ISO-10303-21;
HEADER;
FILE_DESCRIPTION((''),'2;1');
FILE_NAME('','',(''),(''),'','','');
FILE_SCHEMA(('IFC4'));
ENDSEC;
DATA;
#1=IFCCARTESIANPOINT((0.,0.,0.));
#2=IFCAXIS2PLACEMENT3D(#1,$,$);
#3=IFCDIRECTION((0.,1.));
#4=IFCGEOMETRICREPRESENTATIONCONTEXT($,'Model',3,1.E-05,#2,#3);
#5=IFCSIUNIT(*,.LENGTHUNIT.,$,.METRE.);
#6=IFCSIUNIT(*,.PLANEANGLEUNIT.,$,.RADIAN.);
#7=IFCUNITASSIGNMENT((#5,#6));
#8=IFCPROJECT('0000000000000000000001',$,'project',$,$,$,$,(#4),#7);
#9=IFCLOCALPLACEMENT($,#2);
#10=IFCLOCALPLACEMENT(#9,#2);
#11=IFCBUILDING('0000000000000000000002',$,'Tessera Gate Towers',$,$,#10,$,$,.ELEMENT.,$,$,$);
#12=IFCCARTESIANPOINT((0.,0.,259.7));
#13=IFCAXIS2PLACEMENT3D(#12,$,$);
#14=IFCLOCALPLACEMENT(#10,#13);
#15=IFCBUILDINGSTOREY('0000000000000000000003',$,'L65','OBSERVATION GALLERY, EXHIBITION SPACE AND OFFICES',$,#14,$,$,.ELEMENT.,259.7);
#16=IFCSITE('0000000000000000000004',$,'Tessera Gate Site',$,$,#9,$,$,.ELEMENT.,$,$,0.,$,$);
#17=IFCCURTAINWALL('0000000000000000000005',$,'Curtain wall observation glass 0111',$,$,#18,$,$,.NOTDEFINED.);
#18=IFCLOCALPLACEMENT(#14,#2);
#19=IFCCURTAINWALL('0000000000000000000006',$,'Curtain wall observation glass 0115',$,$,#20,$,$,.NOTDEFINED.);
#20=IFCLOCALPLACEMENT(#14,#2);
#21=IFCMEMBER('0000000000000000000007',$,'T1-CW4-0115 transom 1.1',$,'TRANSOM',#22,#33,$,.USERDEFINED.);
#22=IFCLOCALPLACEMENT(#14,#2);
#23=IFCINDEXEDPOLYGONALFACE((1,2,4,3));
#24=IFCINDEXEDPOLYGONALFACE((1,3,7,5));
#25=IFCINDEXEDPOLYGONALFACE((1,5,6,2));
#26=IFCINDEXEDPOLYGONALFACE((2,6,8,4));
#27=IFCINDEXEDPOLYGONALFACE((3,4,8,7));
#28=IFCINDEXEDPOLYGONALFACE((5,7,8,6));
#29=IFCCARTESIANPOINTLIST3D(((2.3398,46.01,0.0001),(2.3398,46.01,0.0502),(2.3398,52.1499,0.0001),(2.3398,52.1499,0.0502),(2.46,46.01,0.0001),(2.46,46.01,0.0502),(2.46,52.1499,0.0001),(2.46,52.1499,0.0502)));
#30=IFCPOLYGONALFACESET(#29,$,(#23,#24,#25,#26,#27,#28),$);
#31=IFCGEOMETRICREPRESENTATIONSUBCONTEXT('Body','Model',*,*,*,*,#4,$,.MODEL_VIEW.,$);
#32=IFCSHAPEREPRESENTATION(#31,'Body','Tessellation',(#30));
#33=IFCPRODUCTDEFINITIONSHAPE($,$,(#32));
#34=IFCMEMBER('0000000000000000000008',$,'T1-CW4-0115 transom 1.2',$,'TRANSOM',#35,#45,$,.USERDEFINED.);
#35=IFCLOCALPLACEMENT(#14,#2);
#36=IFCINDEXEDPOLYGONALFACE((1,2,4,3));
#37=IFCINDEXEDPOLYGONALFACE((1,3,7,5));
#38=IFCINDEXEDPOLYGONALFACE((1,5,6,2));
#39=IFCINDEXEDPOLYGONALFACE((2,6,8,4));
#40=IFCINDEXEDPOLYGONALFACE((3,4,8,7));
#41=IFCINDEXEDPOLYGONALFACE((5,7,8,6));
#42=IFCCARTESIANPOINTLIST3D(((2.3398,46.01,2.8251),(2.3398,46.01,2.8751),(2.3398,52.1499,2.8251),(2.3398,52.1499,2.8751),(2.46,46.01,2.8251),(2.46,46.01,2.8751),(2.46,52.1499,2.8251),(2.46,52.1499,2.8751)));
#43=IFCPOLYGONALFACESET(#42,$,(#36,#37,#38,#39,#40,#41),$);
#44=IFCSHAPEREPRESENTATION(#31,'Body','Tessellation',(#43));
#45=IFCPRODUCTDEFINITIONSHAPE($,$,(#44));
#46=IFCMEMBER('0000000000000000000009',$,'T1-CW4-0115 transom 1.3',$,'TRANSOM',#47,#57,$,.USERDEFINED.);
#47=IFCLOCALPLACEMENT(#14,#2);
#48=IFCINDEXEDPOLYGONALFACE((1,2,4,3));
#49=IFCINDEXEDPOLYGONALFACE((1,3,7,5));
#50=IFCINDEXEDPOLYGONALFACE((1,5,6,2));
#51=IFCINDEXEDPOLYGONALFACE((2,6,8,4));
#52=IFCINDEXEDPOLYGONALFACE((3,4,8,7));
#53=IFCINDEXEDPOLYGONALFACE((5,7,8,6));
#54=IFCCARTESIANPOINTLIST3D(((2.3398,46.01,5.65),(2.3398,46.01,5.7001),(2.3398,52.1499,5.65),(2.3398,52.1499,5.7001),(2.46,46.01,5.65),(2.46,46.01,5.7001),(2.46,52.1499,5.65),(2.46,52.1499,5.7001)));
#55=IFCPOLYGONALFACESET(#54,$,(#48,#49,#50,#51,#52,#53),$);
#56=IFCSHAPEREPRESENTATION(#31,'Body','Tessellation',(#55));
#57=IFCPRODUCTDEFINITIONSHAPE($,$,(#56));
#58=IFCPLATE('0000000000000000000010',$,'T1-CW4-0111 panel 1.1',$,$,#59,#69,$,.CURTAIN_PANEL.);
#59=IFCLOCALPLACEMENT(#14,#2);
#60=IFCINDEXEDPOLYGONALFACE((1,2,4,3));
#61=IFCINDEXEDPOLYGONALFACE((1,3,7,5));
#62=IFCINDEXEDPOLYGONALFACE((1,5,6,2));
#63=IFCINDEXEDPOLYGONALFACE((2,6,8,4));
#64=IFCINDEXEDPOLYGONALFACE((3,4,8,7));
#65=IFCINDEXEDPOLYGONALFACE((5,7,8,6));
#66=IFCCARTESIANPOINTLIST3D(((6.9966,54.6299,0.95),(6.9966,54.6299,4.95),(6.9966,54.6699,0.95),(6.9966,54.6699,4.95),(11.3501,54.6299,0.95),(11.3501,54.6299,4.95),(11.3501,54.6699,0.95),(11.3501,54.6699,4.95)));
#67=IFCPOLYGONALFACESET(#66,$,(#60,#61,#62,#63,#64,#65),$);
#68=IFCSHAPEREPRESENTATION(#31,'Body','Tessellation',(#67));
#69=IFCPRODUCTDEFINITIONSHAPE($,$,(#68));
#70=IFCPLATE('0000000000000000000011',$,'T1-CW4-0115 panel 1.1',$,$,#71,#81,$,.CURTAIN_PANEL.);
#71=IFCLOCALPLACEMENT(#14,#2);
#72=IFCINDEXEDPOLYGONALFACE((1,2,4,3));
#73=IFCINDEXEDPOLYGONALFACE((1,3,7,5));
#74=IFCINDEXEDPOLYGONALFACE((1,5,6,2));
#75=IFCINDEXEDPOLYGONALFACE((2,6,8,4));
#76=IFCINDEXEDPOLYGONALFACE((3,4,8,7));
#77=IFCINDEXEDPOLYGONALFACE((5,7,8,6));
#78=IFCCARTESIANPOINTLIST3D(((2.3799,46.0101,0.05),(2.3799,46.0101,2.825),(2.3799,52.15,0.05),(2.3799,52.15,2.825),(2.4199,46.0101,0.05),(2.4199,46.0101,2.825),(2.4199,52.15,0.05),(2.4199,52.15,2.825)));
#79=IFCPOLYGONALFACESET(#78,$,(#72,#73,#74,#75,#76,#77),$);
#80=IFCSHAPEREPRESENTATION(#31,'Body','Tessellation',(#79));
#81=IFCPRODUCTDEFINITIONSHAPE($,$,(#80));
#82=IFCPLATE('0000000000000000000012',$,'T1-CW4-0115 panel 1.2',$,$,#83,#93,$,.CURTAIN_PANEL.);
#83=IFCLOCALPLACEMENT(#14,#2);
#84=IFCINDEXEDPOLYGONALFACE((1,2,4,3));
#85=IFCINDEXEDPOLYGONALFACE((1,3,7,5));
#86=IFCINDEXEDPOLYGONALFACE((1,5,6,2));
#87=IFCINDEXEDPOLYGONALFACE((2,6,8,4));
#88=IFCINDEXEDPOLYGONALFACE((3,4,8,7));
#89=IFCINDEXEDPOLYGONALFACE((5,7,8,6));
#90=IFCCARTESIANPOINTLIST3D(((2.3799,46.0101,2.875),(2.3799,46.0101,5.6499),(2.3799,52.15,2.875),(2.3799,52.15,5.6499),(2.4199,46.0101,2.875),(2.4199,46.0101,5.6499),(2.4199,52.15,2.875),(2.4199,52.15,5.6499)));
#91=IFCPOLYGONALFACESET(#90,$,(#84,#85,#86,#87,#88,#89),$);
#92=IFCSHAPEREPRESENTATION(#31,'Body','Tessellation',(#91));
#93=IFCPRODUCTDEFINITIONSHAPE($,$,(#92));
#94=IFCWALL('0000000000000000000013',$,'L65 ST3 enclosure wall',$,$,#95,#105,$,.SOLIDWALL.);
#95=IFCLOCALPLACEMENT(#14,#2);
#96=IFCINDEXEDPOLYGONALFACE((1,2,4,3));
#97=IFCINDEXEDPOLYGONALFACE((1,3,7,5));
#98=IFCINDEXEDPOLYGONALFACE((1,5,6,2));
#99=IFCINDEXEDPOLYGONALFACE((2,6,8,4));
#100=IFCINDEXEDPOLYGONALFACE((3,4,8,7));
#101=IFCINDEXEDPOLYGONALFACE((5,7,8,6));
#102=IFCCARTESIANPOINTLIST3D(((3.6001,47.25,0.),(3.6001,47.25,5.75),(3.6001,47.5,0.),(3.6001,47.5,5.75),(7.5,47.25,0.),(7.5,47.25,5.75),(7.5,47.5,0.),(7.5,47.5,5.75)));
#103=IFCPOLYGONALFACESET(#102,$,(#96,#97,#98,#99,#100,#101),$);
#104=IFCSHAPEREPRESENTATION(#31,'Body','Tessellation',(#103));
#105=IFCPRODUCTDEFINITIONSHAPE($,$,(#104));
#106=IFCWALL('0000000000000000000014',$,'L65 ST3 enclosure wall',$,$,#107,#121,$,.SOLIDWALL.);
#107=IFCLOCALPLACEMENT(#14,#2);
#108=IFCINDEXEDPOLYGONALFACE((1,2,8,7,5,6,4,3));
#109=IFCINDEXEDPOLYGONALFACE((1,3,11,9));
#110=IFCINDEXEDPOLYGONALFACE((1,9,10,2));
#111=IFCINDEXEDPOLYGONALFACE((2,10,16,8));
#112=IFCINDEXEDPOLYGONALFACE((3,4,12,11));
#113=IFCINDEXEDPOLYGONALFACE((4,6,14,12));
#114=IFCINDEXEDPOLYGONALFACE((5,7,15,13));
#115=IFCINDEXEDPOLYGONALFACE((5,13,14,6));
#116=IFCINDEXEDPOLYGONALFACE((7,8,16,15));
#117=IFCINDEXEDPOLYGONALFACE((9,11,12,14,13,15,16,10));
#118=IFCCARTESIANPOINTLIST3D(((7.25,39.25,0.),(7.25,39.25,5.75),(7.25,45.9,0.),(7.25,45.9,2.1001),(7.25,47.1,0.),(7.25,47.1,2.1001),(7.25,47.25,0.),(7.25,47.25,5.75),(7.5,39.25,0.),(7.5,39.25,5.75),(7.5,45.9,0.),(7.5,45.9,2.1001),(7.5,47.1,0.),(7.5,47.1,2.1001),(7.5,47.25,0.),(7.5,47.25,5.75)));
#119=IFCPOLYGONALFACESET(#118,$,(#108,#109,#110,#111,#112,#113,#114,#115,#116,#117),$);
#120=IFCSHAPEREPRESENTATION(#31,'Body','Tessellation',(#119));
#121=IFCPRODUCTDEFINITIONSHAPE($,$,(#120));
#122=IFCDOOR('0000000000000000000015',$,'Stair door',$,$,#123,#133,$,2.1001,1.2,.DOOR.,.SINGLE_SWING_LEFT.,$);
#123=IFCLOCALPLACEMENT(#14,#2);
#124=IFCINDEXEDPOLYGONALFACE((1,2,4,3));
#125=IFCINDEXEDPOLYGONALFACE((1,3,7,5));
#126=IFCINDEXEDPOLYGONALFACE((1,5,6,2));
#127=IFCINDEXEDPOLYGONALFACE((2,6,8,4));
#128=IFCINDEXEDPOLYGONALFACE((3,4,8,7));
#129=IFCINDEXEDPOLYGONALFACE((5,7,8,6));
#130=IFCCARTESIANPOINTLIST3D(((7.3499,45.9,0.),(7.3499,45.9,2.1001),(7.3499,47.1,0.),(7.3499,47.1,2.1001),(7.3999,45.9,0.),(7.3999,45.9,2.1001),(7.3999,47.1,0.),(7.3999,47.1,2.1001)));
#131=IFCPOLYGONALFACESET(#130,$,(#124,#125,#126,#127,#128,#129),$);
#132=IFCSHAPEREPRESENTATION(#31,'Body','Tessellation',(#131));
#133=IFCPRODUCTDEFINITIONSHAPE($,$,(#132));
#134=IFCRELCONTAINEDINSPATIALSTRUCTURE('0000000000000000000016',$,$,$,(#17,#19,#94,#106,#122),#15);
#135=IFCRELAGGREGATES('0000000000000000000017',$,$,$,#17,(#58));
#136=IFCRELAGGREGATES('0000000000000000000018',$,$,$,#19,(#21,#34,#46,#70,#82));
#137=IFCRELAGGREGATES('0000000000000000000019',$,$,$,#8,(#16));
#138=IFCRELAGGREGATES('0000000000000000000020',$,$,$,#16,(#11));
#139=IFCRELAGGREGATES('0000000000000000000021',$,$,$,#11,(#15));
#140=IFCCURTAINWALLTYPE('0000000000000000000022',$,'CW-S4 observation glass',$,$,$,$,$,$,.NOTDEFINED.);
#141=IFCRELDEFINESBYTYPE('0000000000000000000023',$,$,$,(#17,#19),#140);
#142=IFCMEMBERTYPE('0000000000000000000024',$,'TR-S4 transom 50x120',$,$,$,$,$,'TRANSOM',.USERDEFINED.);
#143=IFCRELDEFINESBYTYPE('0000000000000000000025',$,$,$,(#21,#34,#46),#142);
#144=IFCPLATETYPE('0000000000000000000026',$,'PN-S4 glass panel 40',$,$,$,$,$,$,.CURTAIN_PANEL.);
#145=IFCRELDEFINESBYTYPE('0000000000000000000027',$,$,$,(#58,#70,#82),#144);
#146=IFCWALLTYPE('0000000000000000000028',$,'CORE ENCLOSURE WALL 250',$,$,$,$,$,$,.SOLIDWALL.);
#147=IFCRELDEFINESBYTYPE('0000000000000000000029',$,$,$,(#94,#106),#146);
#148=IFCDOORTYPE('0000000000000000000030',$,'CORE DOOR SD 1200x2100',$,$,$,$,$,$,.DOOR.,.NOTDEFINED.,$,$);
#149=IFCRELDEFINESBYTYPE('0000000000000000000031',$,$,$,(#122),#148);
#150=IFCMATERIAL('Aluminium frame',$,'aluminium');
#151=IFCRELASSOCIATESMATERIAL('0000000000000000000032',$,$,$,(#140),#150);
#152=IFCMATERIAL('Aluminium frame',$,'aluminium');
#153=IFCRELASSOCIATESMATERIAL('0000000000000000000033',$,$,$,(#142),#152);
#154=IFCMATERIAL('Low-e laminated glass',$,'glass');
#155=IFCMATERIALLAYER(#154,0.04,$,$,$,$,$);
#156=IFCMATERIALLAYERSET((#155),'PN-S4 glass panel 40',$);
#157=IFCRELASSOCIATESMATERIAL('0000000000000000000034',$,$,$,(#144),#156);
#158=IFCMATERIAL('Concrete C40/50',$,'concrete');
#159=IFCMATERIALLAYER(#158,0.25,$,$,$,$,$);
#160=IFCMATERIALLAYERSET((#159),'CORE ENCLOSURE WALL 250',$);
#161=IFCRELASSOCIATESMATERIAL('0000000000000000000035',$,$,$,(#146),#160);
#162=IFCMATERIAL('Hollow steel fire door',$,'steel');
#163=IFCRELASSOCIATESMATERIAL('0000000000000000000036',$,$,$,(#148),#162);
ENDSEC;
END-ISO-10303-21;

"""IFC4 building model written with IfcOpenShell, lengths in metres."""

from ifc_helpers import new_model, si_unit, direction, frame, frame_2d, origin, origin_2d, place, context, subcontext, project, spatial, rectangle, extrude, source, transform, mapped, material, layer, layer_set, material_profile, profile_set, type_object, element, fill, aggregate, save


model = new_model("IFC4")

# Units and contexts
model_context = context("Model", 3, precision=1e-05, world=origin(), true_north=direction((0.0, 1.0)))
body_context = subcontext(model_context, "Body", "Model", "MODEL_VIEW")
ifc_project = project(units=[si_unit("LENGTHUNIT", "METRE"), si_unit("PLANEANGLEUNIT", "RADIAN")], contexts=[model_context])

# Site, building, storey
site_placement = place(None, origin())
site = spatial("IfcSite", under=ifc_project, at=site_placement, Name="Tessera Gate Site", CompositionType="ELEMENT", RefElevation=0.0)
building_placement = place(site_placement, origin())
building = spatial("IfcBuilding", under=site, at=building_placement, Name="Tessera Gate Towers", CompositionType="ELEMENT")
storey_placement = place(building_placement, frame((0.0, 0.0, 259.7)))
storey = spatial("IfcBuildingStorey", under=building, at=storey_placement, Name="L65", Description="OBSERVATION GALLERY, EXHIBITION SPACE AND OFFICES", CompositionType="ELEMENT", Elevation=259.7)

# Curtain wall
ifc_material_1 = material(Name="Aluminium frame", Category="aluminium")
curtain_wall_type = type_object("IfcCurtainWallType", Name="CW-S4 observation glass", PredefinedType="NOTDEFINED", material=ifc_material_1)
curtain_wall_1_placement = place(storey_placement, origin())
curtain_wall_1 = element("IfcCurtainWall", 1, at=curtain_wall_1_placement, inside=storey, type_object=curtain_wall_type, Name="Curtain wall observation glass 0111", PredefinedType="NOTDEFINED")

# Curtain wall
curtain_wall_2_placement = place(storey_placement, origin())
curtain_wall_2 = element("IfcCurtainWall", 2, at=curtain_wall_2_placement, inside=storey, type_object=curtain_wall_type, Name="Curtain wall observation glass 0115", PredefinedType="NOTDEFINED")

# Members
ifc_material_2 = material(Name="Aluminium frame", Category="aluminium")
ifc_material_profile_1 = material_profile(ifc_material_2, rectangle(XDim=0.1201, YDim=0.05, at=origin_2d()), Name="AL 50x120")
ifc_profile_set_1 = profile_set([ifc_material_profile_1], Name="Aluminium frame")
member_type_1 = type_object("IfcMemberType", Name="TR-S4 transom 50x120", ElementType="TRANSOM", PredefinedType="USERDEFINED", material=ifc_profile_set_1)
member_1_placement = place(storey_placement, frame((2.3999, 46.01, 0.0251), z_axis=(0.0, 1.0, 0.0), x_axis=(-1.0, 0.0, 0.0)))
member_1 = element("IfcMember", 3, at=member_1_placement, type_object=member_type_1, Name="T1-CW4-0115 transom 1.1", ObjectType="TRANSOM", PredefinedType="USERDEFINED", context=body_context, shape_type="SweptSolid", body=[
    extrude(rectangle(XDim=0.1201, YDim=0.05, at=origin_2d()), origin(), (0.0, 0.0, 1.0), 6.1399),
])
member_2_placement = place(storey_placement, frame((2.3999, 46.01, 2.8501), z_axis=(0.0, 1.0, 0.0), x_axis=(-1.0, 0.0, 0.0)))
member_2 = element("IfcMember", 4, at=member_2_placement, type_object=member_type_1, Name="T1-CW4-0115 transom 1.2", ObjectType="TRANSOM", PredefinedType="USERDEFINED", context=body_context, shape_type="SweptSolid", body=[
    extrude(rectangle(XDim=0.1201, YDim=0.05, at=origin_2d()), origin(), (0.0, 0.0, 1.0), 6.1399),
])
member_3_placement = place(storey_placement, frame((2.3999, 46.01, 5.675), z_axis=(0.0, 1.0, 0.0), x_axis=(-1.0, 0.0, 0.0)))
member_3 = element("IfcMember", 5, at=member_3_placement, type_object=member_type_1, Name="T1-CW4-0115 transom 1.3", ObjectType="TRANSOM", PredefinedType="USERDEFINED", context=body_context, shape_type="SweptSolid", body=[
    extrude(rectangle(XDim=0.1201, YDim=0.05, at=origin_2d()), origin(), (0.0, 0.0, 1.0), 6.1399),
])

# Plates
ifc_material_3 = material(Name="Low-e laminated glass", Category="glass")
ifc_layer_1 = layer(ifc_material_3, 0.04)
ifc_layer_set_1 = layer_set([ifc_layer_1], Name="PN-S4 glass panel 40")
plate_type = type_object("IfcPlateType", Name="PN-S4 glass panel 40", PredefinedType="CURTAIN_PANEL", material=ifc_layer_set_1)
plate_1_placement = place(storey_placement, frame((9.1733, 54.6499, 0.95), z_axis=(0.0, 0.0, 1.0), x_axis=(-1.0, 0.0, 0.0)))
plate_1 = element("IfcPlate", 6, at=plate_1_placement, type_object=plate_type, Name="T1-CW4-0111 panel 1.1", PredefinedType="CURTAIN_PANEL", context=body_context, shape_type="SweptSolid", body=[
    extrude(rectangle(XDim=4.3535, YDim=0.04, at=origin_2d()), origin(), (0.0, 0.0, 1.0), 4.0),
])
aggregate(curtain_wall_1, [plate_1])
plate_2_placement = place(storey_placement, frame((2.3999, 49.0801, 0.05), z_axis=(0.0, 0.0, 1.0), x_axis=(0.0, 1.0, 0.0)))
plate_2 = element("IfcPlate", 7, at=plate_2_placement, type_object=plate_type, Name="T1-CW4-0115 panel 1.1", PredefinedType="CURTAIN_PANEL", context=body_context, shape_type="SweptSolid", body=[
    extrude(rectangle(XDim=6.1399, YDim=0.04, at=origin_2d()), origin(), (0.0, 0.0, 1.0), 2.7749),
])
plate_3_placement = place(storey_placement, frame((2.3999, 49.0801, 2.875), z_axis=(0.0, 0.0, 1.0), x_axis=(0.0, 1.0, 0.0)))
plate_3 = element("IfcPlate", 8, at=plate_3_placement, type_object=plate_type, Name="T1-CW4-0115 panel 1.2", PredefinedType="CURTAIN_PANEL", context=body_context, shape_type="SweptSolid", body=[
    extrude(rectangle(XDim=6.1399, YDim=0.04, at=origin_2d()), origin(), (0.0, 0.0, 1.0), 2.7749),
])
aggregate(curtain_wall_2, [member_1, member_2, member_3, plate_2, plate_3])

# Wall
ifc_material_4 = material(Name="Concrete C40/50", Category="concrete")
ifc_layer_2 = layer(ifc_material_4, 0.25)
ifc_layer_set_2 = layer_set([ifc_layer_2], Name="CORE ENCLOSURE WALL 250")
wall_type_1 = type_object("IfcWallType", Name="CORE ENCLOSURE WALL 250", PredefinedType="SOLIDWALL", material=ifc_layer_set_2)
wall_1_placement = place(storey_placement, frame((3.6001, 47.375, 0.0), z_axis=(0.0, 0.0, 1.0), x_axis=(1.0, 0.0, 0.0)))
element("IfcWall", 9, at=wall_1_placement, inside=storey, type_object=wall_type_1, Name="L65 ST3 enclosure wall", PredefinedType="SOLIDWALL", context=body_context, shape_type="SweptSolid", body=[
    extrude(rectangle(XDim=3.8999, YDim=0.25, at=frame_2d((1.95, 0.0))), origin(), (0.0, 0.0, 1.0), 5.75),
])

# Wall, opening, door
wall_2_placement = place(storey_placement, frame((7.375, 47.25, 0.0), z_axis=(0.0, 0.0, 1.0), x_axis=(0.0, -1.0, 0.0)))
wall_2 = element("IfcWall", 10, at=wall_2_placement, inside=storey, type_object=wall_type_1, Name="L65 ST3 enclosure wall", PredefinedType="SOLIDWALL", context=body_context, shape_type="SweptSolid", body=[
    extrude(rectangle(XDim=8.0, YDim=0.25, at=frame_2d((4.0, 0.0))), origin(), (0.0, 0.0, 1.0), 5.75),
])
shared_shape_1 = source(origin(), body_context, "Body", "SweptSolid", [
    extrude(rectangle(XDim=1.2, YDim=2.1001, at=frame_2d((0.6001, 1.05))), frame((0.0, 0.135, 0.0), z_axis=(0.0, -1.0, 0.0), x_axis=(1.0, 0.0, 0.0)), (0.0, 0.0, 1.0), 0.27),
])
opening_1_placement = place(wall_2_placement, frame((0.1499, 0.0, 0.0)))
opening_1 = element("IfcOpeningElement", 11, at=opening_1_placement, cuts=wall_2, PredefinedType="OPENING", context=body_context, shape_type="MappedRepresentation", body=[
    mapped(shared_shape_1, transform((0.0, 0.0, 0.0), scale=1.0)),
])
ifc_material_5 = material(Name="Hollow steel fire door", Category="steel")
door_type_1 = type_object("IfcDoorType", Name="CORE DOOR SD 1200x2100", OperationType="NOTDEFINED", PredefinedType="DOOR", material=ifc_material_5)
shared_shape_2 = source(origin(), body_context, "Body", "SweptSolid", [
    extrude(rectangle(XDim=1.2, YDim=2.1001, at=frame_2d((0.6001, 1.05))), frame((0.0, 0.0249, 0.0), z_axis=(0.0, -1.0, 0.0), x_axis=(1.0, 0.0, 0.0)), (0.0, 0.0, 1.0), 0.05),
])
door_1_placement = place(opening_1_placement, origin())
door_1 = element("IfcDoor", 12, at=door_1_placement, inside=storey, type_object=door_type_1, Name="Stair door", OperationType="SINGLE_SWING_LEFT", OverallHeight=2.1001, OverallWidth=1.2, PredefinedType="DOOR", context=body_context, shape_type="MappedRepresentation", body=[
    mapped(shared_shape_2, transform((0.0, 0.0, 0.0), scale=1.0)),
])
fill(opening_1, door_1)

save(model, "model.ifc")
